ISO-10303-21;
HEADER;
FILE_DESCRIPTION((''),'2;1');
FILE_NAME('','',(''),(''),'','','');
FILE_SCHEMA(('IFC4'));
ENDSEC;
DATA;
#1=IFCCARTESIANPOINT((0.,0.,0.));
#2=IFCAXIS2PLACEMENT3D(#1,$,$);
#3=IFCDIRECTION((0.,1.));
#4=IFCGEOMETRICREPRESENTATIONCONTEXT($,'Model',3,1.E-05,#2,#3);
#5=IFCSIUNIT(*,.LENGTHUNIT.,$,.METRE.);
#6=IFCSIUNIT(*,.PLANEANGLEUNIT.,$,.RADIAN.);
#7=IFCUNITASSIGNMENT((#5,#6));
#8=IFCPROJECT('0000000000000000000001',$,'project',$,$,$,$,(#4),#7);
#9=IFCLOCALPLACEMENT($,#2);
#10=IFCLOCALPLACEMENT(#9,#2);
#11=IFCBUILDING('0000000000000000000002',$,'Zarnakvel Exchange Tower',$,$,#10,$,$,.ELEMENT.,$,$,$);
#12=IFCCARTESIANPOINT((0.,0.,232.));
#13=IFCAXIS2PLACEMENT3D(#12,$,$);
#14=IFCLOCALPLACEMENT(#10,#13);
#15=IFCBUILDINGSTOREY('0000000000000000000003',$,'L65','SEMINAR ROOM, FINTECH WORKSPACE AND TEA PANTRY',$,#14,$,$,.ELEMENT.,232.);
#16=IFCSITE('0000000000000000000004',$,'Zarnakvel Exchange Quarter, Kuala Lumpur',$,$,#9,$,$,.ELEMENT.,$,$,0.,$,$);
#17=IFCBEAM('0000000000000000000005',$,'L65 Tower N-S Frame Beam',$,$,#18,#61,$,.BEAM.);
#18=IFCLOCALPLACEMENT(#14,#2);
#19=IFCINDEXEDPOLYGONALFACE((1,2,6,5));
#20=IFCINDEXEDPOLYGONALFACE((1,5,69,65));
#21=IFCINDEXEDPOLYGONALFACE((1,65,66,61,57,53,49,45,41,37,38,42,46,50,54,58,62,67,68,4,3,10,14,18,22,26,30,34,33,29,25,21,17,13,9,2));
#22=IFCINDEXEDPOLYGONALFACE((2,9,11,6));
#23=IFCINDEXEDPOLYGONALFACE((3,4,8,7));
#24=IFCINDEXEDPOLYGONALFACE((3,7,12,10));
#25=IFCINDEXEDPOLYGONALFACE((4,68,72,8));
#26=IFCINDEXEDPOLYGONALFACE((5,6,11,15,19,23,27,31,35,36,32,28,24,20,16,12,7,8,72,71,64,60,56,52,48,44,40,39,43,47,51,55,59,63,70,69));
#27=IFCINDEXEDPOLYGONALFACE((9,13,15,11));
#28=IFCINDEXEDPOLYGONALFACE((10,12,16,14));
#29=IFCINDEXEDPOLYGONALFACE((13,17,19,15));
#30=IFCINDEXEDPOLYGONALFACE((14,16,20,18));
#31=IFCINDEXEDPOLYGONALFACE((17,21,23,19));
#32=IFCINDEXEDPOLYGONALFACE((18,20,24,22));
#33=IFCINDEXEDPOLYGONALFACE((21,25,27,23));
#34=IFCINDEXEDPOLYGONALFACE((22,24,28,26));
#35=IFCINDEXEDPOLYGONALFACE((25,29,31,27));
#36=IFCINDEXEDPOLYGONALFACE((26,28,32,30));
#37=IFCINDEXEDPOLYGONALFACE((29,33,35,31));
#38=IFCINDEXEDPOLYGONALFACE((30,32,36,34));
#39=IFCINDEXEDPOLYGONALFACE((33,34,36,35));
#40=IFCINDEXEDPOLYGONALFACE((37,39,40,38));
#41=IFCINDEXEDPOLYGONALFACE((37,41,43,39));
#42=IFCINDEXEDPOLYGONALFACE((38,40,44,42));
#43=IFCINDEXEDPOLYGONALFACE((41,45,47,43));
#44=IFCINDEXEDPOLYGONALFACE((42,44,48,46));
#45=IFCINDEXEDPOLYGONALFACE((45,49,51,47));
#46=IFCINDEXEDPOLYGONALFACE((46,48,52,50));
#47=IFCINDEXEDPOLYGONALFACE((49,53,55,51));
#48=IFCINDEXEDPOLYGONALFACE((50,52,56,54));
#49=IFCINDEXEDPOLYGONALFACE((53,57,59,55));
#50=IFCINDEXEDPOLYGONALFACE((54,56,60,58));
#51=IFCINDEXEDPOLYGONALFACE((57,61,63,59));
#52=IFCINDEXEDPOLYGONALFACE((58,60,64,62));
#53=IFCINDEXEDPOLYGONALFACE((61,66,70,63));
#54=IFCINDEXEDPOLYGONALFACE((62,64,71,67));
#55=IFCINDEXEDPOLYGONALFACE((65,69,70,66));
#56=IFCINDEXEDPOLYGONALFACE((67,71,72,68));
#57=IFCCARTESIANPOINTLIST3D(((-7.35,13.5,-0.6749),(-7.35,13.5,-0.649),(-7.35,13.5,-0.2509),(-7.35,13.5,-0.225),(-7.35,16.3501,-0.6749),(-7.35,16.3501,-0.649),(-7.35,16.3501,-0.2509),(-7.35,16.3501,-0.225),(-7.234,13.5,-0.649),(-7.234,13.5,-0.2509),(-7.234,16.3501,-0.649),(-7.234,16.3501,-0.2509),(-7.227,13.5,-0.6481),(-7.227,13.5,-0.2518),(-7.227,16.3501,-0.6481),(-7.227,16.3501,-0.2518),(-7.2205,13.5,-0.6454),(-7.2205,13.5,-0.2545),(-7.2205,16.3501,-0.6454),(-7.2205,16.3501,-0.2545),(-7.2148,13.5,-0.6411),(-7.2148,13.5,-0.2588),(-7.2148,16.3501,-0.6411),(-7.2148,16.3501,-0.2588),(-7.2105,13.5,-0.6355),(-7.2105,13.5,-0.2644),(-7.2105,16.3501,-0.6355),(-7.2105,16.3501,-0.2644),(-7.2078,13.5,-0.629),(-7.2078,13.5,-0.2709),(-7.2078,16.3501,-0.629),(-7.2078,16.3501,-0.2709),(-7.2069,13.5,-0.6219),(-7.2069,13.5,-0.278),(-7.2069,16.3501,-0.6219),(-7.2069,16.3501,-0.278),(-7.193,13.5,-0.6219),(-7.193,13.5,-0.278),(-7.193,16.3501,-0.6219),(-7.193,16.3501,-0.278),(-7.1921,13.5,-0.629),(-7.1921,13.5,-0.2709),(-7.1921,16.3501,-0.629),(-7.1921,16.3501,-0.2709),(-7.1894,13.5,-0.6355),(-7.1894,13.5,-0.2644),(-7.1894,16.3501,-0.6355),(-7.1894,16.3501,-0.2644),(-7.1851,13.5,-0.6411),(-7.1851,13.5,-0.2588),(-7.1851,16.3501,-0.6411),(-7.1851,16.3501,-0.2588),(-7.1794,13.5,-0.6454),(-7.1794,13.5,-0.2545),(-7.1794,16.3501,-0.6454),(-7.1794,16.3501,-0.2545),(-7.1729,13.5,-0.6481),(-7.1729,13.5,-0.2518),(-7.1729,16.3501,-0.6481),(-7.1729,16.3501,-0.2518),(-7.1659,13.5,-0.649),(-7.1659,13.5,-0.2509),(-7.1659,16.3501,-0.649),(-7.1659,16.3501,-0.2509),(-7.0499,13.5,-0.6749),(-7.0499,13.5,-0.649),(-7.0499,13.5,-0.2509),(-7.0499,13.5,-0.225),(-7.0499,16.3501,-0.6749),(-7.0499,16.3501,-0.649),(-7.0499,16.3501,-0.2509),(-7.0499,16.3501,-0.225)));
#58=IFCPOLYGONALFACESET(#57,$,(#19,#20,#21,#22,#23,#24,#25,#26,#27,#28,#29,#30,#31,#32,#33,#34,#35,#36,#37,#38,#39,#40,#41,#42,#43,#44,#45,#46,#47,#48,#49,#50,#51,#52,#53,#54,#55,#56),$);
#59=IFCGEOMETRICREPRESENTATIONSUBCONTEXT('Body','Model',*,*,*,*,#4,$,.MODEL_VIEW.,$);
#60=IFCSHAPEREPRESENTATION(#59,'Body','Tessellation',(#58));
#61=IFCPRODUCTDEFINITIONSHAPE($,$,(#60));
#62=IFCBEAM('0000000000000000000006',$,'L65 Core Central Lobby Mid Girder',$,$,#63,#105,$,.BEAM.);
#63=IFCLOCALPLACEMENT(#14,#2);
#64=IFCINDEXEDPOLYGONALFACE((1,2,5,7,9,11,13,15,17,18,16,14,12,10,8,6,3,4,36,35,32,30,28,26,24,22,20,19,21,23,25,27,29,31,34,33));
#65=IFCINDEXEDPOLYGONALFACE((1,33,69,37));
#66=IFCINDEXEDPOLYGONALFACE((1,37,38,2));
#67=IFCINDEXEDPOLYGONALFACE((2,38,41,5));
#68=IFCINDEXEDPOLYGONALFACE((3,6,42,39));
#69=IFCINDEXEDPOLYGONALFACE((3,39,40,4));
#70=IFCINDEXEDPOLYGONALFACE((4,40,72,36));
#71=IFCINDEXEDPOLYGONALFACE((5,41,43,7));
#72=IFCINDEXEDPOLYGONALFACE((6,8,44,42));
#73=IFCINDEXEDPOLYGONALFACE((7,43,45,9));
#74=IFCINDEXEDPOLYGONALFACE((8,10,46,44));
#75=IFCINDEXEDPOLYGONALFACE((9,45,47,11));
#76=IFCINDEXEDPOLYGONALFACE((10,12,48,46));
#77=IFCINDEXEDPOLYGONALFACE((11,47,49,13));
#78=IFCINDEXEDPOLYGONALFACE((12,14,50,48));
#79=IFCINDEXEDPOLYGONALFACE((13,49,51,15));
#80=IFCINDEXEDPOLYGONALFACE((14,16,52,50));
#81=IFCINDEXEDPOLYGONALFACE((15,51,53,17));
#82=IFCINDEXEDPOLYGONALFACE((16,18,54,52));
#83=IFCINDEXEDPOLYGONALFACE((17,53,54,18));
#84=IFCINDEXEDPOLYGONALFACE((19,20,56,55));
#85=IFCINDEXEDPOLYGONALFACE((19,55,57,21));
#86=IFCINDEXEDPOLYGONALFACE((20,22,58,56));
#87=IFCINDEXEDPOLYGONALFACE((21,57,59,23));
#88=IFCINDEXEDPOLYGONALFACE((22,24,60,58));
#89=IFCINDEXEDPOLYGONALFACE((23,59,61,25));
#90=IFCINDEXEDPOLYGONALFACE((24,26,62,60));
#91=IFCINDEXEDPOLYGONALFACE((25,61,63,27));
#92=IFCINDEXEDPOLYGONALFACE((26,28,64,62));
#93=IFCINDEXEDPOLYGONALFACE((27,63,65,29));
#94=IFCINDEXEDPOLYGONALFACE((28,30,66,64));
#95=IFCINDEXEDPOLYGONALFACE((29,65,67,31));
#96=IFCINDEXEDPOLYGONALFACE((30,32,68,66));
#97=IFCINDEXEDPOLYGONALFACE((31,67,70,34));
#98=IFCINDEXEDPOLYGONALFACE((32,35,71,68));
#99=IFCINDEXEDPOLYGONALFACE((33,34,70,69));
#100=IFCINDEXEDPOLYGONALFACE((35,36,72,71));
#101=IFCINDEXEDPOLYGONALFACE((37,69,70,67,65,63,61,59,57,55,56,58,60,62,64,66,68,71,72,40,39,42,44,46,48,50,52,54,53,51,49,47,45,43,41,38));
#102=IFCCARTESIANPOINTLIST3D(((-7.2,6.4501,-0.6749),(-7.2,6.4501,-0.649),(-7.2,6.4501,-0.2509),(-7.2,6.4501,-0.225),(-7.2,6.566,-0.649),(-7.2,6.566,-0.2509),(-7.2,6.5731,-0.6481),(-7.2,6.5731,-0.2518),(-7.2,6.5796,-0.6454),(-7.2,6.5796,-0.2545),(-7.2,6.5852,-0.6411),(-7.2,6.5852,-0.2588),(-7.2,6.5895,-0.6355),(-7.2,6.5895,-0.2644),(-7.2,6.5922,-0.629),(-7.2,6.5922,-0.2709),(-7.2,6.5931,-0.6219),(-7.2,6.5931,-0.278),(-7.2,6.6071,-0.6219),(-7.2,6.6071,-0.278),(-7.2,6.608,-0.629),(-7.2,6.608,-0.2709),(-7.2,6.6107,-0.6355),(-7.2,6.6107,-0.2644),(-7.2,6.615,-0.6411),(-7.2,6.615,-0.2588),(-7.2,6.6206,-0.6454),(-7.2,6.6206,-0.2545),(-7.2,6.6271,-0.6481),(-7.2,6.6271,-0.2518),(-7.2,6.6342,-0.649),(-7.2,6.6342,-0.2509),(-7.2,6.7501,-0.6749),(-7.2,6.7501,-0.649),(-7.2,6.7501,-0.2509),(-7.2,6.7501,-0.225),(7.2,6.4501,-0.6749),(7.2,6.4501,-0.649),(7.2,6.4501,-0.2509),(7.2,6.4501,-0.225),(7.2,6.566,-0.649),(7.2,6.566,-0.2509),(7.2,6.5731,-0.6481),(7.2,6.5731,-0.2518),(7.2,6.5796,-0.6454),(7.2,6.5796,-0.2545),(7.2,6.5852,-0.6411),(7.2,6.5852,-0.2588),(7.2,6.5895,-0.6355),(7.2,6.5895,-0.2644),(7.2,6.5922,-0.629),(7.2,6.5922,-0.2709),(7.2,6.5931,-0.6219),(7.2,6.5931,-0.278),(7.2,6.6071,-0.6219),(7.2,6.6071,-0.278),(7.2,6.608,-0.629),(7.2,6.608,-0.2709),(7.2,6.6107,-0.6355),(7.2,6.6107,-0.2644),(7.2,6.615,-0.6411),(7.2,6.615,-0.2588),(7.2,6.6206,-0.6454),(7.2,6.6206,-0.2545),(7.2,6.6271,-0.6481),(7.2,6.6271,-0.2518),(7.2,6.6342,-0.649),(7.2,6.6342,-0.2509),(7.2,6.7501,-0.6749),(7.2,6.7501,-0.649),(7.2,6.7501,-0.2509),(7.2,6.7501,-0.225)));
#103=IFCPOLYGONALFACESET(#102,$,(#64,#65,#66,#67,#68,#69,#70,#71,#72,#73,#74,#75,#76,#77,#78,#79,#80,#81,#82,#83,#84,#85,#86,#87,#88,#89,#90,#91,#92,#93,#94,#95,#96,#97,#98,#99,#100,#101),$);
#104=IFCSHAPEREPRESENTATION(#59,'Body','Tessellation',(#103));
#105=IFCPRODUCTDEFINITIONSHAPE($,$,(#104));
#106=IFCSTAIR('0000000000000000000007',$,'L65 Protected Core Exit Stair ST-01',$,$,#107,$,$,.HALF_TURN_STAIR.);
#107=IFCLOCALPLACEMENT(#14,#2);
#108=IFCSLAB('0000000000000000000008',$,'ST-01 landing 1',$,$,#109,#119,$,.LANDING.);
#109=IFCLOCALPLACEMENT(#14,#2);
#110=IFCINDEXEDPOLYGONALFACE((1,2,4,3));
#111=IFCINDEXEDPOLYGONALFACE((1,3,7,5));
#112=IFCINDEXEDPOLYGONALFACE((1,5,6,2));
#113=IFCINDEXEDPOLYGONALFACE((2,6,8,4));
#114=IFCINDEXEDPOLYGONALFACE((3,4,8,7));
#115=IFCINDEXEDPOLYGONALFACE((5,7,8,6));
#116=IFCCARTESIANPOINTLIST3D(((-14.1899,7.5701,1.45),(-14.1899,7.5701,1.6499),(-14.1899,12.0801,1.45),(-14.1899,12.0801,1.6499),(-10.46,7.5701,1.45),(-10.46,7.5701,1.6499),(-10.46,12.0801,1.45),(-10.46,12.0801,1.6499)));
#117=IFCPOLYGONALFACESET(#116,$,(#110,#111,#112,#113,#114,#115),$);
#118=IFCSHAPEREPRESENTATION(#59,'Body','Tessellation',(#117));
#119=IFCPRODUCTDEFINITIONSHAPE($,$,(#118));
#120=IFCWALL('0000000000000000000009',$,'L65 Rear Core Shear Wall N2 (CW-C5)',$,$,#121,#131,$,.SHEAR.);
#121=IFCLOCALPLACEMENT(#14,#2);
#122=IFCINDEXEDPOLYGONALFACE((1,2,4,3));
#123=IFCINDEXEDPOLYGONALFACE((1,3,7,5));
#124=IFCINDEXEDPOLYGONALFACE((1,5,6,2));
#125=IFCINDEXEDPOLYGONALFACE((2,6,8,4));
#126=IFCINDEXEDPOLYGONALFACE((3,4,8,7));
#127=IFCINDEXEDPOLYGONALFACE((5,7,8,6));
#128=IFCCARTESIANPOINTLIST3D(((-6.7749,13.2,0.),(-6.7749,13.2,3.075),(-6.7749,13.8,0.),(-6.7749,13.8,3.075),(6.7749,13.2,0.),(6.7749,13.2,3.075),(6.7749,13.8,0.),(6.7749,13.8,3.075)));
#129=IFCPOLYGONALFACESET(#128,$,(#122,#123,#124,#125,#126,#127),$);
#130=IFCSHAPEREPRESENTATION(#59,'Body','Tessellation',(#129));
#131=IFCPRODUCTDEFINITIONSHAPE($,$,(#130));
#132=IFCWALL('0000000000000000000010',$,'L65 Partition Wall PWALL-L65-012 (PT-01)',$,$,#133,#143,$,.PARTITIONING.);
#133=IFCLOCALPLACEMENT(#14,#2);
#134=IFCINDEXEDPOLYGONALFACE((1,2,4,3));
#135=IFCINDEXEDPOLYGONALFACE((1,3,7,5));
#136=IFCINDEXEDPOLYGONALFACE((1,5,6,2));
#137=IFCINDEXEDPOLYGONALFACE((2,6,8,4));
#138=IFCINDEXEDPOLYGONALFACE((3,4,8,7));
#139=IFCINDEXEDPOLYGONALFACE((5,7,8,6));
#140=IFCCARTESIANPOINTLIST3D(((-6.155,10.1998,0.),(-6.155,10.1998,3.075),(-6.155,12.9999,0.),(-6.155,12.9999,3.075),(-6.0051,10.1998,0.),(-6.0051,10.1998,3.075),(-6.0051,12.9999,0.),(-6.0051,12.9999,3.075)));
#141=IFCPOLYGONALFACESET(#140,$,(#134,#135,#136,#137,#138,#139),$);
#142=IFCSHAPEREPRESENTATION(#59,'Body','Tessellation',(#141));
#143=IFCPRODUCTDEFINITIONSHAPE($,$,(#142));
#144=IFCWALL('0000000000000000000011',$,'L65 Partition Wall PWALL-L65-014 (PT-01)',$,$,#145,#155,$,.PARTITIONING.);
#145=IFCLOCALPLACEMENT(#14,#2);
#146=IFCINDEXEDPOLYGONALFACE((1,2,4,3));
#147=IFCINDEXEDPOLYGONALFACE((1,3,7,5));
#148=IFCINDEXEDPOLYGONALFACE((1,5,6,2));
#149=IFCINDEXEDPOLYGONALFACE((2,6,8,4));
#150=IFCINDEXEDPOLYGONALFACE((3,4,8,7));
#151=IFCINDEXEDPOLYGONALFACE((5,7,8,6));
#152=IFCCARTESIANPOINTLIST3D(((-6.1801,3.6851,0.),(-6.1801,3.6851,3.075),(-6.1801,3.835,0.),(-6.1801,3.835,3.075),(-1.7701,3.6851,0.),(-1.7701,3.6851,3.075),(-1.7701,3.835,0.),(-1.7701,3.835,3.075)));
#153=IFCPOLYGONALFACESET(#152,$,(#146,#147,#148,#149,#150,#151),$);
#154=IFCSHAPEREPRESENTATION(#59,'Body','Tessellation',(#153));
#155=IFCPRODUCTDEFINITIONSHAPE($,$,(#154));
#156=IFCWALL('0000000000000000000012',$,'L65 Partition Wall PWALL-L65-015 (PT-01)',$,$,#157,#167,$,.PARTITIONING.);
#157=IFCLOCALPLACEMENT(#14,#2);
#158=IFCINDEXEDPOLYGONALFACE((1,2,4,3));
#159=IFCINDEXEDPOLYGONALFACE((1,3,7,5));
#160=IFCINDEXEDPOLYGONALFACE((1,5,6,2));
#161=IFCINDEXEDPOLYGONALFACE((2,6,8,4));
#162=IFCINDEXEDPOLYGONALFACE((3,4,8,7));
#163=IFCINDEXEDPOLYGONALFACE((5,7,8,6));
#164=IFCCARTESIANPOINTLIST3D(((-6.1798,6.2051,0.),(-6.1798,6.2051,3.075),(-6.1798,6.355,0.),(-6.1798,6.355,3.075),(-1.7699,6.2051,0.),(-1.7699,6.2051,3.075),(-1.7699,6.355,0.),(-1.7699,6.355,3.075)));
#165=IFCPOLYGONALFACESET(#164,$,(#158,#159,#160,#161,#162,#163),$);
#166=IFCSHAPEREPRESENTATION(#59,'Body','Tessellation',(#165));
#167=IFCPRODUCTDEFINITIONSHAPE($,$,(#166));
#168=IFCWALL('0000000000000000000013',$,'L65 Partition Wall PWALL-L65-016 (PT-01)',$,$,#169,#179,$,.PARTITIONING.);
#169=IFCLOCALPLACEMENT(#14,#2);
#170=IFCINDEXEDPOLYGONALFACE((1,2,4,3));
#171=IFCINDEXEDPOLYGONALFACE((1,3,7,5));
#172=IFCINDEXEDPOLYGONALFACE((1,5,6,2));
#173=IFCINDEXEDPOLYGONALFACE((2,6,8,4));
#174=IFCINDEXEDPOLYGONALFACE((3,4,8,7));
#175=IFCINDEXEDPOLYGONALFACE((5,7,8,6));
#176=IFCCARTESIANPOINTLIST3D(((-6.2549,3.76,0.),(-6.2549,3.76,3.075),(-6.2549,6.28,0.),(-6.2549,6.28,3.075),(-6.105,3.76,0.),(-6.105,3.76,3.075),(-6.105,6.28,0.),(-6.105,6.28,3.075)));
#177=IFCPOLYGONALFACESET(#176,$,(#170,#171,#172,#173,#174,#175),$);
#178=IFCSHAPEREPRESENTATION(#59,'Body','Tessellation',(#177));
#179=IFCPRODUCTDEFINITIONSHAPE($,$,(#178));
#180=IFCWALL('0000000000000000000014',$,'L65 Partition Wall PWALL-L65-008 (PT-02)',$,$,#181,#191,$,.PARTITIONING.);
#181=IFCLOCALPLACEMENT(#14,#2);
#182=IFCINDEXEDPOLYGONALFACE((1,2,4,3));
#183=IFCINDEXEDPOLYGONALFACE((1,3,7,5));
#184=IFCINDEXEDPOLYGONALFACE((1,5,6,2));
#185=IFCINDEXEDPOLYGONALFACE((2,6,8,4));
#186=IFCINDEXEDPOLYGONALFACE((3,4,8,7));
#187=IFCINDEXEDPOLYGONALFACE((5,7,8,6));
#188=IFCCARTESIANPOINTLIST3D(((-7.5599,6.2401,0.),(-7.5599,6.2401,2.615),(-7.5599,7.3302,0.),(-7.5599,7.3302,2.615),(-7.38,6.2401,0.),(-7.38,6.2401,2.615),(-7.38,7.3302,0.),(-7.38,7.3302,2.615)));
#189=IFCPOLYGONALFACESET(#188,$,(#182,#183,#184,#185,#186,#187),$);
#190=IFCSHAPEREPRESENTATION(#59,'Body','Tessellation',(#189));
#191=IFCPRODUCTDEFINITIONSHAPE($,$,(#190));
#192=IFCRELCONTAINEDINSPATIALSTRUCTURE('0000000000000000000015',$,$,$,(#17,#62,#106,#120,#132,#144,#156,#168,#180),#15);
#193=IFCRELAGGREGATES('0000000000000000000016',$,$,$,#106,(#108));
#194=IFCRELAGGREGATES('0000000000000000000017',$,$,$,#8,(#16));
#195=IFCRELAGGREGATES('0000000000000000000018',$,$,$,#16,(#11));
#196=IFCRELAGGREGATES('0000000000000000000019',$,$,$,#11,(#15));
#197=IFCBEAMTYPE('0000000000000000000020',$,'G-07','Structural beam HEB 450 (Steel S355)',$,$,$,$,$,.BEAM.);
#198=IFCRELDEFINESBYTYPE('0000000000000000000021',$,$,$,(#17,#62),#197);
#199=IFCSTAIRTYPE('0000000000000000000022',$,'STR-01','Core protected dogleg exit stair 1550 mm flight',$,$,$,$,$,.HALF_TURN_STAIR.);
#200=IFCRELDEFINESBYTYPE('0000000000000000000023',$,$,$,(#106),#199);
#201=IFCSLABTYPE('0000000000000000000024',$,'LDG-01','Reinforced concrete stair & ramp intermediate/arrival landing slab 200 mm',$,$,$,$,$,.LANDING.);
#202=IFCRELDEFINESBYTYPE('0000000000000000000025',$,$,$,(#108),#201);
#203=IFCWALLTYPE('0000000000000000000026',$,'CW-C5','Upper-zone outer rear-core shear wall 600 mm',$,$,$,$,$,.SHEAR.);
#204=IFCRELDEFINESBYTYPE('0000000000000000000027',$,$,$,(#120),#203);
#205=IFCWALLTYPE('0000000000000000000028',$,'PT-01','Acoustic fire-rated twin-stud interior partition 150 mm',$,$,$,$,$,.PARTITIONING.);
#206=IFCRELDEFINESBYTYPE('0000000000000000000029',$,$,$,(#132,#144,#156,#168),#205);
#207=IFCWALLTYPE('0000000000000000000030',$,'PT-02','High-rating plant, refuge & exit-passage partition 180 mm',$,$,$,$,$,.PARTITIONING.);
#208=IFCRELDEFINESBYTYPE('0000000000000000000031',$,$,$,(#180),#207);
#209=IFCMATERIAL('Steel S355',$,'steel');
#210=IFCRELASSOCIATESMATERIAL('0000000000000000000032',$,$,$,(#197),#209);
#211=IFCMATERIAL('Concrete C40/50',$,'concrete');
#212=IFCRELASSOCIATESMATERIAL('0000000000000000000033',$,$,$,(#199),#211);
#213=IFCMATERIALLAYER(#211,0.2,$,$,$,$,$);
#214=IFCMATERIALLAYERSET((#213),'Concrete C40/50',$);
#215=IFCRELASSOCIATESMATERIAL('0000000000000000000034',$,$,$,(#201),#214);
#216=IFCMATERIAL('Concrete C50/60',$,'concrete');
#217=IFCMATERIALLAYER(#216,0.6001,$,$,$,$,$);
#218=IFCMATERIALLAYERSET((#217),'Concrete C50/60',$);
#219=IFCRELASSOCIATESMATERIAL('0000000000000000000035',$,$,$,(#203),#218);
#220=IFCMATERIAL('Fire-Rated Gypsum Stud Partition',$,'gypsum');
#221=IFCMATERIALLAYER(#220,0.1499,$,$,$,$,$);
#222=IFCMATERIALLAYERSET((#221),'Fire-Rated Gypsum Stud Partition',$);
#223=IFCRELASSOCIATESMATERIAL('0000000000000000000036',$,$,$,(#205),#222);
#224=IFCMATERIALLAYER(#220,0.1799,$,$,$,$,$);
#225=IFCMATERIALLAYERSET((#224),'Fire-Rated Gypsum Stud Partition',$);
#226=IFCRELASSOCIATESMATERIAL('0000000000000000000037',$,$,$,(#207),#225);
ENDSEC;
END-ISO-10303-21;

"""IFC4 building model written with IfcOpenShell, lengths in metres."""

from ifc_helpers import new_model, si_unit, direction, frame, frame_2d, origin, origin_2d, place, context, subcontext, project, spatial, polyline, rectangle, i_section, outline, extrude, material, layer, layer_set, material_profile, profile_set, type_object, element, aggregate, save


model = new_model("IFC4")

# Units and contexts
model_context = context("Model", 3, precision=1e-05, world=origin(), true_north=direction((0.0, 1.0)))
body_context = subcontext(model_context, "Body", "Model", "MODEL_VIEW")
ifc_project = project(units=[si_unit("LENGTHUNIT", "METRE"), si_unit("PLANEANGLEUNIT", "RADIAN")], contexts=[model_context])

# Site, building, storey
site_placement = place(None, origin())
site = spatial("IfcSite", under=ifc_project, at=site_placement, Name="Zarnakvel Exchange Quarter, Kuala Lumpur", CompositionType="ELEMENT", RefElevation=0.0)
building_placement = place(site_placement, origin())
building = spatial("IfcBuilding", under=site, at=building_placement, Name="Zarnakvel Exchange Tower", CompositionType="ELEMENT")
storey_placement = place(building_placement, frame((0.0, 0.0, 232.0)))
storey = spatial("IfcBuildingStorey", under=building, at=storey_placement, Name="L65", Description="SEMINAR ROOM, FINTECH WORKSPACE AND TEA PANTRY", CompositionType="ELEMENT", Elevation=232.0)

# Shared definitions
ifc_material_1 = material(Name="Concrete C50/60", Category="concrete")

# Beams
ifc_material_2 = material(Name="Steel S355", Category="steel")
ifc_material_profile_1 = material_profile(ifc_material_2, i_section(OverallWidth=0.3, OverallDepth=0.45, WebThickness=0.0139, FlangeThickness=0.0259, FilletRadius=0.0271, at=origin_2d()))
ifc_profile_set_1 = profile_set([ifc_material_profile_1], Name="Steel S355")
beam_type_1 = type_object("IfcBeamType", Name="G-07", Description="Structural beam HEB 450 (Steel S355)", PredefinedType="BEAM", material=ifc_profile_set_1)
beam_1_placement = place(storey_placement, frame((-7.2, 13.5, -0.45), z_axis=(0.0, 1.0, 0.0), x_axis=(-1.0, 0.0, 0.0)))
element("IfcBeam", 1, at=beam_1_placement, inside=storey, type_object=beam_type_1, Name="L65 Tower N-S Frame Beam", PredefinedType="BEAM", context=body_context, shape_type="SweptSolid", body=[
    extrude(i_section(OverallWidth=0.3, OverallDepth=0.45, WebThickness=0.0139, FlangeThickness=0.0259, FilletRadius=0.0271, at=origin_2d()), origin(), (0.0, 0.0, 1.0), 2.8501),
])
beam_2_placement = place(storey_placement, frame((-7.2, 6.6001, -0.45), z_axis=(1.0, 0.0, 0.0), x_axis=(0.0, 1.0, 0.0)))
element("IfcBeam", 2, at=beam_2_placement, inside=storey, type_object=beam_type_1, Name="L65 Core Central Lobby Mid Girder", PredefinedType="BEAM", context=body_context, shape_type="SweptSolid", body=[
    extrude(i_section(OverallWidth=0.3, OverallDepth=0.45, WebThickness=0.0139, FlangeThickness=0.0259, FilletRadius=0.0271, at=origin_2d()), origin(), (0.0, 0.0, 1.0), 14.3999),
])

# Stair, slab
ifc_material_3 = material(Name="Concrete C40/50", Category="concrete")
stair_type = type_object("IfcStairType", Name="STR-01", Description="Core protected dogleg exit stair 1550 mm flight", PredefinedType="HALF_TURN_STAIR", material=ifc_material_3)
stair_placement = place(storey_placement, origin())
stair = element("IfcStair", 3, at=stair_placement, inside=storey, type_object=stair_type, Name="L65 Protected Core Exit Stair ST-01", PredefinedType="HALF_TURN_STAIR")
ifc_layer_1 = layer(ifc_material_3, 0.2)
ifc_layer_set_1 = layer_set([ifc_layer_1], Name="Concrete C40/50")
slab_type = type_object("IfcSlabType", Name="LDG-01", Description="Reinforced concrete stair & ramp intermediate/arrival landing slab 200 mm", PredefinedType="LANDING", material=ifc_layer_set_1)
slab_placement = place(storey_placement, frame((0.0, 0.0, 1.45)))
slab = element("IfcSlab", 4, at=slab_placement, type_object=slab_type, Name="ST-01 landing 1", PredefinedType="LANDING", context=body_context, shape_type="SweptSolid", body=[
    extrude(outline(polyline([(-14.1899, 7.5701), (-10.46, 7.5701), (-10.46, 12.0801), (-14.1899, 12.0801), (-14.1899, 7.5701)])), origin(), (0.0, 0.0, 1.0), 0.2),
])
aggregate(stair, [slab])

# Walls
ifc_layer_2 = layer(ifc_material_1, 0.6001)
ifc_layer_set_2 = layer_set([ifc_layer_2], Name="Concrete C50/60")
wall_type_1 = type_object("IfcWallType", Name="CW-C5", Description="Upper-zone outer rear-core shear wall 600 mm", PredefinedType="SHEAR", material=ifc_layer_set_2)
wall_1_placement = place(storey_placement, frame((-6.7749, 13.5, 0.0), z_axis=(0.0, 0.0, 1.0), x_axis=(1.0, 0.0, 0.0)))
element("IfcWall", 5, at=wall_1_placement, inside=storey, type_object=wall_type_1, Name="L65 Rear Core Shear Wall N2 (CW-C5)", PredefinedType="SHEAR", context=body_context, shape_type="SweptSolid", body=[
    extrude(rectangle(XDim=13.5498, YDim=0.6001, at=frame_2d((6.7749, 0.0))), origin(), (0.0, 0.0, 1.0), 3.075),
])
ifc_material_4 = material(Name="Fire-Rated Gypsum Stud Partition", Category="gypsum")
ifc_layer_3 = layer(ifc_material_4, 0.1499)
ifc_layer_set_3 = layer_set([ifc_layer_3], Name="Fire-Rated Gypsum Stud Partition")
wall_type_2 = type_object("IfcWallType", Name="PT-01", Description="Acoustic fire-rated twin-stud interior partition 150 mm", PredefinedType="PARTITIONING", material=ifc_layer_set_3)
wall_2_placement = place(storey_placement, frame((-6.0801, 10.2, 0.0), z_axis=(0.0, 0.0, 1.0), x_axis=(0.0, 1.0, 0.0)))
element("IfcWall", 6, at=wall_2_placement, inside=storey, type_object=wall_type_2, Name="L65 Partition Wall PWALL-L65-012 (PT-01)", PredefinedType="PARTITIONING", context=body_context, shape_type="SweptSolid", body=[
    extrude(rectangle(XDim=2.8, YDim=0.1499, at=frame_2d((1.3999, 0.0))), origin(), (0.0, 0.0, 1.0), 3.075),
])
for number, where, z_axis, x_axis, name in (
    (7, (-1.77, 3.76, 0.0), (0.0, 0.0, 1.0), (-1.0, 0.0, 0.0), "L65 Partition Wall PWALL-L65-014 (PT-01)"),
    (8, (-6.1799, 6.28, 0.0), (0.0, 0.0, 1.0), (1.0, 0.0, 0.0), "L65 Partition Wall PWALL-L65-015 (PT-01)"),
):
    element("IfcWall", number, at=place(storey_placement, frame(where, z_axis=z_axis, x_axis=x_axis)), inside=storey, type_object=wall_type_2, Name=name, PredefinedType="PARTITIONING", context=body_context, shape_type="SweptSolid", body=[
        extrude(rectangle(XDim=4.4099, YDim=0.1499, at=frame_2d((2.2051, 0.0))), origin(), (0.0, 0.0, 1.0), 3.075),
    ])
wall_3_placement = place(storey_placement, frame((-6.1799, 3.76, 0.0), z_axis=(0.0, 0.0, 1.0), x_axis=(0.0, 1.0, 0.0)))
element("IfcWall", 9, at=wall_3_placement, inside=storey, type_object=wall_type_2, Name="L65 Partition Wall PWALL-L65-016 (PT-01)", PredefinedType="PARTITIONING", context=body_context, shape_type="SweptSolid", body=[
    extrude(rectangle(XDim=2.52, YDim=0.1499, at=frame_2d((1.26, 0.0))), origin(), (0.0, 0.0, 1.0), 3.075),
])

# Wall
ifc_layer_4 = layer(ifc_material_4, 0.1799)
ifc_layer_set_4 = layer_set([ifc_layer_4], Name="Fire-Rated Gypsum Stud Partition")
wall_type_3 = type_object("IfcWallType", Name="PT-02", Description="High-rating plant, refuge & exit-passage partition 180 mm", PredefinedType="PARTITIONING", material=ifc_layer_set_4)
wall_4_placement = place(storey_placement, frame((-7.47, 7.3301, 0.0), z_axis=(0.0, 0.0, 1.0), x_axis=(0.0, -1.0, 0.0)))
element("IfcWall", 10, at=wall_4_placement, inside=storey, type_object=wall_type_3, Name="L65 Partition Wall PWALL-L65-008 (PT-02)", PredefinedType="PARTITIONING", context=body_context, shape_type="SweptSolid", body=[
    extrude(rectangle(XDim=1.0901, YDim=0.1799, at=frame_2d((0.5449, 0.0))), origin(), (0.0, 0.0, 1.0), 2.615),
])

save(model, "model.ifc")
